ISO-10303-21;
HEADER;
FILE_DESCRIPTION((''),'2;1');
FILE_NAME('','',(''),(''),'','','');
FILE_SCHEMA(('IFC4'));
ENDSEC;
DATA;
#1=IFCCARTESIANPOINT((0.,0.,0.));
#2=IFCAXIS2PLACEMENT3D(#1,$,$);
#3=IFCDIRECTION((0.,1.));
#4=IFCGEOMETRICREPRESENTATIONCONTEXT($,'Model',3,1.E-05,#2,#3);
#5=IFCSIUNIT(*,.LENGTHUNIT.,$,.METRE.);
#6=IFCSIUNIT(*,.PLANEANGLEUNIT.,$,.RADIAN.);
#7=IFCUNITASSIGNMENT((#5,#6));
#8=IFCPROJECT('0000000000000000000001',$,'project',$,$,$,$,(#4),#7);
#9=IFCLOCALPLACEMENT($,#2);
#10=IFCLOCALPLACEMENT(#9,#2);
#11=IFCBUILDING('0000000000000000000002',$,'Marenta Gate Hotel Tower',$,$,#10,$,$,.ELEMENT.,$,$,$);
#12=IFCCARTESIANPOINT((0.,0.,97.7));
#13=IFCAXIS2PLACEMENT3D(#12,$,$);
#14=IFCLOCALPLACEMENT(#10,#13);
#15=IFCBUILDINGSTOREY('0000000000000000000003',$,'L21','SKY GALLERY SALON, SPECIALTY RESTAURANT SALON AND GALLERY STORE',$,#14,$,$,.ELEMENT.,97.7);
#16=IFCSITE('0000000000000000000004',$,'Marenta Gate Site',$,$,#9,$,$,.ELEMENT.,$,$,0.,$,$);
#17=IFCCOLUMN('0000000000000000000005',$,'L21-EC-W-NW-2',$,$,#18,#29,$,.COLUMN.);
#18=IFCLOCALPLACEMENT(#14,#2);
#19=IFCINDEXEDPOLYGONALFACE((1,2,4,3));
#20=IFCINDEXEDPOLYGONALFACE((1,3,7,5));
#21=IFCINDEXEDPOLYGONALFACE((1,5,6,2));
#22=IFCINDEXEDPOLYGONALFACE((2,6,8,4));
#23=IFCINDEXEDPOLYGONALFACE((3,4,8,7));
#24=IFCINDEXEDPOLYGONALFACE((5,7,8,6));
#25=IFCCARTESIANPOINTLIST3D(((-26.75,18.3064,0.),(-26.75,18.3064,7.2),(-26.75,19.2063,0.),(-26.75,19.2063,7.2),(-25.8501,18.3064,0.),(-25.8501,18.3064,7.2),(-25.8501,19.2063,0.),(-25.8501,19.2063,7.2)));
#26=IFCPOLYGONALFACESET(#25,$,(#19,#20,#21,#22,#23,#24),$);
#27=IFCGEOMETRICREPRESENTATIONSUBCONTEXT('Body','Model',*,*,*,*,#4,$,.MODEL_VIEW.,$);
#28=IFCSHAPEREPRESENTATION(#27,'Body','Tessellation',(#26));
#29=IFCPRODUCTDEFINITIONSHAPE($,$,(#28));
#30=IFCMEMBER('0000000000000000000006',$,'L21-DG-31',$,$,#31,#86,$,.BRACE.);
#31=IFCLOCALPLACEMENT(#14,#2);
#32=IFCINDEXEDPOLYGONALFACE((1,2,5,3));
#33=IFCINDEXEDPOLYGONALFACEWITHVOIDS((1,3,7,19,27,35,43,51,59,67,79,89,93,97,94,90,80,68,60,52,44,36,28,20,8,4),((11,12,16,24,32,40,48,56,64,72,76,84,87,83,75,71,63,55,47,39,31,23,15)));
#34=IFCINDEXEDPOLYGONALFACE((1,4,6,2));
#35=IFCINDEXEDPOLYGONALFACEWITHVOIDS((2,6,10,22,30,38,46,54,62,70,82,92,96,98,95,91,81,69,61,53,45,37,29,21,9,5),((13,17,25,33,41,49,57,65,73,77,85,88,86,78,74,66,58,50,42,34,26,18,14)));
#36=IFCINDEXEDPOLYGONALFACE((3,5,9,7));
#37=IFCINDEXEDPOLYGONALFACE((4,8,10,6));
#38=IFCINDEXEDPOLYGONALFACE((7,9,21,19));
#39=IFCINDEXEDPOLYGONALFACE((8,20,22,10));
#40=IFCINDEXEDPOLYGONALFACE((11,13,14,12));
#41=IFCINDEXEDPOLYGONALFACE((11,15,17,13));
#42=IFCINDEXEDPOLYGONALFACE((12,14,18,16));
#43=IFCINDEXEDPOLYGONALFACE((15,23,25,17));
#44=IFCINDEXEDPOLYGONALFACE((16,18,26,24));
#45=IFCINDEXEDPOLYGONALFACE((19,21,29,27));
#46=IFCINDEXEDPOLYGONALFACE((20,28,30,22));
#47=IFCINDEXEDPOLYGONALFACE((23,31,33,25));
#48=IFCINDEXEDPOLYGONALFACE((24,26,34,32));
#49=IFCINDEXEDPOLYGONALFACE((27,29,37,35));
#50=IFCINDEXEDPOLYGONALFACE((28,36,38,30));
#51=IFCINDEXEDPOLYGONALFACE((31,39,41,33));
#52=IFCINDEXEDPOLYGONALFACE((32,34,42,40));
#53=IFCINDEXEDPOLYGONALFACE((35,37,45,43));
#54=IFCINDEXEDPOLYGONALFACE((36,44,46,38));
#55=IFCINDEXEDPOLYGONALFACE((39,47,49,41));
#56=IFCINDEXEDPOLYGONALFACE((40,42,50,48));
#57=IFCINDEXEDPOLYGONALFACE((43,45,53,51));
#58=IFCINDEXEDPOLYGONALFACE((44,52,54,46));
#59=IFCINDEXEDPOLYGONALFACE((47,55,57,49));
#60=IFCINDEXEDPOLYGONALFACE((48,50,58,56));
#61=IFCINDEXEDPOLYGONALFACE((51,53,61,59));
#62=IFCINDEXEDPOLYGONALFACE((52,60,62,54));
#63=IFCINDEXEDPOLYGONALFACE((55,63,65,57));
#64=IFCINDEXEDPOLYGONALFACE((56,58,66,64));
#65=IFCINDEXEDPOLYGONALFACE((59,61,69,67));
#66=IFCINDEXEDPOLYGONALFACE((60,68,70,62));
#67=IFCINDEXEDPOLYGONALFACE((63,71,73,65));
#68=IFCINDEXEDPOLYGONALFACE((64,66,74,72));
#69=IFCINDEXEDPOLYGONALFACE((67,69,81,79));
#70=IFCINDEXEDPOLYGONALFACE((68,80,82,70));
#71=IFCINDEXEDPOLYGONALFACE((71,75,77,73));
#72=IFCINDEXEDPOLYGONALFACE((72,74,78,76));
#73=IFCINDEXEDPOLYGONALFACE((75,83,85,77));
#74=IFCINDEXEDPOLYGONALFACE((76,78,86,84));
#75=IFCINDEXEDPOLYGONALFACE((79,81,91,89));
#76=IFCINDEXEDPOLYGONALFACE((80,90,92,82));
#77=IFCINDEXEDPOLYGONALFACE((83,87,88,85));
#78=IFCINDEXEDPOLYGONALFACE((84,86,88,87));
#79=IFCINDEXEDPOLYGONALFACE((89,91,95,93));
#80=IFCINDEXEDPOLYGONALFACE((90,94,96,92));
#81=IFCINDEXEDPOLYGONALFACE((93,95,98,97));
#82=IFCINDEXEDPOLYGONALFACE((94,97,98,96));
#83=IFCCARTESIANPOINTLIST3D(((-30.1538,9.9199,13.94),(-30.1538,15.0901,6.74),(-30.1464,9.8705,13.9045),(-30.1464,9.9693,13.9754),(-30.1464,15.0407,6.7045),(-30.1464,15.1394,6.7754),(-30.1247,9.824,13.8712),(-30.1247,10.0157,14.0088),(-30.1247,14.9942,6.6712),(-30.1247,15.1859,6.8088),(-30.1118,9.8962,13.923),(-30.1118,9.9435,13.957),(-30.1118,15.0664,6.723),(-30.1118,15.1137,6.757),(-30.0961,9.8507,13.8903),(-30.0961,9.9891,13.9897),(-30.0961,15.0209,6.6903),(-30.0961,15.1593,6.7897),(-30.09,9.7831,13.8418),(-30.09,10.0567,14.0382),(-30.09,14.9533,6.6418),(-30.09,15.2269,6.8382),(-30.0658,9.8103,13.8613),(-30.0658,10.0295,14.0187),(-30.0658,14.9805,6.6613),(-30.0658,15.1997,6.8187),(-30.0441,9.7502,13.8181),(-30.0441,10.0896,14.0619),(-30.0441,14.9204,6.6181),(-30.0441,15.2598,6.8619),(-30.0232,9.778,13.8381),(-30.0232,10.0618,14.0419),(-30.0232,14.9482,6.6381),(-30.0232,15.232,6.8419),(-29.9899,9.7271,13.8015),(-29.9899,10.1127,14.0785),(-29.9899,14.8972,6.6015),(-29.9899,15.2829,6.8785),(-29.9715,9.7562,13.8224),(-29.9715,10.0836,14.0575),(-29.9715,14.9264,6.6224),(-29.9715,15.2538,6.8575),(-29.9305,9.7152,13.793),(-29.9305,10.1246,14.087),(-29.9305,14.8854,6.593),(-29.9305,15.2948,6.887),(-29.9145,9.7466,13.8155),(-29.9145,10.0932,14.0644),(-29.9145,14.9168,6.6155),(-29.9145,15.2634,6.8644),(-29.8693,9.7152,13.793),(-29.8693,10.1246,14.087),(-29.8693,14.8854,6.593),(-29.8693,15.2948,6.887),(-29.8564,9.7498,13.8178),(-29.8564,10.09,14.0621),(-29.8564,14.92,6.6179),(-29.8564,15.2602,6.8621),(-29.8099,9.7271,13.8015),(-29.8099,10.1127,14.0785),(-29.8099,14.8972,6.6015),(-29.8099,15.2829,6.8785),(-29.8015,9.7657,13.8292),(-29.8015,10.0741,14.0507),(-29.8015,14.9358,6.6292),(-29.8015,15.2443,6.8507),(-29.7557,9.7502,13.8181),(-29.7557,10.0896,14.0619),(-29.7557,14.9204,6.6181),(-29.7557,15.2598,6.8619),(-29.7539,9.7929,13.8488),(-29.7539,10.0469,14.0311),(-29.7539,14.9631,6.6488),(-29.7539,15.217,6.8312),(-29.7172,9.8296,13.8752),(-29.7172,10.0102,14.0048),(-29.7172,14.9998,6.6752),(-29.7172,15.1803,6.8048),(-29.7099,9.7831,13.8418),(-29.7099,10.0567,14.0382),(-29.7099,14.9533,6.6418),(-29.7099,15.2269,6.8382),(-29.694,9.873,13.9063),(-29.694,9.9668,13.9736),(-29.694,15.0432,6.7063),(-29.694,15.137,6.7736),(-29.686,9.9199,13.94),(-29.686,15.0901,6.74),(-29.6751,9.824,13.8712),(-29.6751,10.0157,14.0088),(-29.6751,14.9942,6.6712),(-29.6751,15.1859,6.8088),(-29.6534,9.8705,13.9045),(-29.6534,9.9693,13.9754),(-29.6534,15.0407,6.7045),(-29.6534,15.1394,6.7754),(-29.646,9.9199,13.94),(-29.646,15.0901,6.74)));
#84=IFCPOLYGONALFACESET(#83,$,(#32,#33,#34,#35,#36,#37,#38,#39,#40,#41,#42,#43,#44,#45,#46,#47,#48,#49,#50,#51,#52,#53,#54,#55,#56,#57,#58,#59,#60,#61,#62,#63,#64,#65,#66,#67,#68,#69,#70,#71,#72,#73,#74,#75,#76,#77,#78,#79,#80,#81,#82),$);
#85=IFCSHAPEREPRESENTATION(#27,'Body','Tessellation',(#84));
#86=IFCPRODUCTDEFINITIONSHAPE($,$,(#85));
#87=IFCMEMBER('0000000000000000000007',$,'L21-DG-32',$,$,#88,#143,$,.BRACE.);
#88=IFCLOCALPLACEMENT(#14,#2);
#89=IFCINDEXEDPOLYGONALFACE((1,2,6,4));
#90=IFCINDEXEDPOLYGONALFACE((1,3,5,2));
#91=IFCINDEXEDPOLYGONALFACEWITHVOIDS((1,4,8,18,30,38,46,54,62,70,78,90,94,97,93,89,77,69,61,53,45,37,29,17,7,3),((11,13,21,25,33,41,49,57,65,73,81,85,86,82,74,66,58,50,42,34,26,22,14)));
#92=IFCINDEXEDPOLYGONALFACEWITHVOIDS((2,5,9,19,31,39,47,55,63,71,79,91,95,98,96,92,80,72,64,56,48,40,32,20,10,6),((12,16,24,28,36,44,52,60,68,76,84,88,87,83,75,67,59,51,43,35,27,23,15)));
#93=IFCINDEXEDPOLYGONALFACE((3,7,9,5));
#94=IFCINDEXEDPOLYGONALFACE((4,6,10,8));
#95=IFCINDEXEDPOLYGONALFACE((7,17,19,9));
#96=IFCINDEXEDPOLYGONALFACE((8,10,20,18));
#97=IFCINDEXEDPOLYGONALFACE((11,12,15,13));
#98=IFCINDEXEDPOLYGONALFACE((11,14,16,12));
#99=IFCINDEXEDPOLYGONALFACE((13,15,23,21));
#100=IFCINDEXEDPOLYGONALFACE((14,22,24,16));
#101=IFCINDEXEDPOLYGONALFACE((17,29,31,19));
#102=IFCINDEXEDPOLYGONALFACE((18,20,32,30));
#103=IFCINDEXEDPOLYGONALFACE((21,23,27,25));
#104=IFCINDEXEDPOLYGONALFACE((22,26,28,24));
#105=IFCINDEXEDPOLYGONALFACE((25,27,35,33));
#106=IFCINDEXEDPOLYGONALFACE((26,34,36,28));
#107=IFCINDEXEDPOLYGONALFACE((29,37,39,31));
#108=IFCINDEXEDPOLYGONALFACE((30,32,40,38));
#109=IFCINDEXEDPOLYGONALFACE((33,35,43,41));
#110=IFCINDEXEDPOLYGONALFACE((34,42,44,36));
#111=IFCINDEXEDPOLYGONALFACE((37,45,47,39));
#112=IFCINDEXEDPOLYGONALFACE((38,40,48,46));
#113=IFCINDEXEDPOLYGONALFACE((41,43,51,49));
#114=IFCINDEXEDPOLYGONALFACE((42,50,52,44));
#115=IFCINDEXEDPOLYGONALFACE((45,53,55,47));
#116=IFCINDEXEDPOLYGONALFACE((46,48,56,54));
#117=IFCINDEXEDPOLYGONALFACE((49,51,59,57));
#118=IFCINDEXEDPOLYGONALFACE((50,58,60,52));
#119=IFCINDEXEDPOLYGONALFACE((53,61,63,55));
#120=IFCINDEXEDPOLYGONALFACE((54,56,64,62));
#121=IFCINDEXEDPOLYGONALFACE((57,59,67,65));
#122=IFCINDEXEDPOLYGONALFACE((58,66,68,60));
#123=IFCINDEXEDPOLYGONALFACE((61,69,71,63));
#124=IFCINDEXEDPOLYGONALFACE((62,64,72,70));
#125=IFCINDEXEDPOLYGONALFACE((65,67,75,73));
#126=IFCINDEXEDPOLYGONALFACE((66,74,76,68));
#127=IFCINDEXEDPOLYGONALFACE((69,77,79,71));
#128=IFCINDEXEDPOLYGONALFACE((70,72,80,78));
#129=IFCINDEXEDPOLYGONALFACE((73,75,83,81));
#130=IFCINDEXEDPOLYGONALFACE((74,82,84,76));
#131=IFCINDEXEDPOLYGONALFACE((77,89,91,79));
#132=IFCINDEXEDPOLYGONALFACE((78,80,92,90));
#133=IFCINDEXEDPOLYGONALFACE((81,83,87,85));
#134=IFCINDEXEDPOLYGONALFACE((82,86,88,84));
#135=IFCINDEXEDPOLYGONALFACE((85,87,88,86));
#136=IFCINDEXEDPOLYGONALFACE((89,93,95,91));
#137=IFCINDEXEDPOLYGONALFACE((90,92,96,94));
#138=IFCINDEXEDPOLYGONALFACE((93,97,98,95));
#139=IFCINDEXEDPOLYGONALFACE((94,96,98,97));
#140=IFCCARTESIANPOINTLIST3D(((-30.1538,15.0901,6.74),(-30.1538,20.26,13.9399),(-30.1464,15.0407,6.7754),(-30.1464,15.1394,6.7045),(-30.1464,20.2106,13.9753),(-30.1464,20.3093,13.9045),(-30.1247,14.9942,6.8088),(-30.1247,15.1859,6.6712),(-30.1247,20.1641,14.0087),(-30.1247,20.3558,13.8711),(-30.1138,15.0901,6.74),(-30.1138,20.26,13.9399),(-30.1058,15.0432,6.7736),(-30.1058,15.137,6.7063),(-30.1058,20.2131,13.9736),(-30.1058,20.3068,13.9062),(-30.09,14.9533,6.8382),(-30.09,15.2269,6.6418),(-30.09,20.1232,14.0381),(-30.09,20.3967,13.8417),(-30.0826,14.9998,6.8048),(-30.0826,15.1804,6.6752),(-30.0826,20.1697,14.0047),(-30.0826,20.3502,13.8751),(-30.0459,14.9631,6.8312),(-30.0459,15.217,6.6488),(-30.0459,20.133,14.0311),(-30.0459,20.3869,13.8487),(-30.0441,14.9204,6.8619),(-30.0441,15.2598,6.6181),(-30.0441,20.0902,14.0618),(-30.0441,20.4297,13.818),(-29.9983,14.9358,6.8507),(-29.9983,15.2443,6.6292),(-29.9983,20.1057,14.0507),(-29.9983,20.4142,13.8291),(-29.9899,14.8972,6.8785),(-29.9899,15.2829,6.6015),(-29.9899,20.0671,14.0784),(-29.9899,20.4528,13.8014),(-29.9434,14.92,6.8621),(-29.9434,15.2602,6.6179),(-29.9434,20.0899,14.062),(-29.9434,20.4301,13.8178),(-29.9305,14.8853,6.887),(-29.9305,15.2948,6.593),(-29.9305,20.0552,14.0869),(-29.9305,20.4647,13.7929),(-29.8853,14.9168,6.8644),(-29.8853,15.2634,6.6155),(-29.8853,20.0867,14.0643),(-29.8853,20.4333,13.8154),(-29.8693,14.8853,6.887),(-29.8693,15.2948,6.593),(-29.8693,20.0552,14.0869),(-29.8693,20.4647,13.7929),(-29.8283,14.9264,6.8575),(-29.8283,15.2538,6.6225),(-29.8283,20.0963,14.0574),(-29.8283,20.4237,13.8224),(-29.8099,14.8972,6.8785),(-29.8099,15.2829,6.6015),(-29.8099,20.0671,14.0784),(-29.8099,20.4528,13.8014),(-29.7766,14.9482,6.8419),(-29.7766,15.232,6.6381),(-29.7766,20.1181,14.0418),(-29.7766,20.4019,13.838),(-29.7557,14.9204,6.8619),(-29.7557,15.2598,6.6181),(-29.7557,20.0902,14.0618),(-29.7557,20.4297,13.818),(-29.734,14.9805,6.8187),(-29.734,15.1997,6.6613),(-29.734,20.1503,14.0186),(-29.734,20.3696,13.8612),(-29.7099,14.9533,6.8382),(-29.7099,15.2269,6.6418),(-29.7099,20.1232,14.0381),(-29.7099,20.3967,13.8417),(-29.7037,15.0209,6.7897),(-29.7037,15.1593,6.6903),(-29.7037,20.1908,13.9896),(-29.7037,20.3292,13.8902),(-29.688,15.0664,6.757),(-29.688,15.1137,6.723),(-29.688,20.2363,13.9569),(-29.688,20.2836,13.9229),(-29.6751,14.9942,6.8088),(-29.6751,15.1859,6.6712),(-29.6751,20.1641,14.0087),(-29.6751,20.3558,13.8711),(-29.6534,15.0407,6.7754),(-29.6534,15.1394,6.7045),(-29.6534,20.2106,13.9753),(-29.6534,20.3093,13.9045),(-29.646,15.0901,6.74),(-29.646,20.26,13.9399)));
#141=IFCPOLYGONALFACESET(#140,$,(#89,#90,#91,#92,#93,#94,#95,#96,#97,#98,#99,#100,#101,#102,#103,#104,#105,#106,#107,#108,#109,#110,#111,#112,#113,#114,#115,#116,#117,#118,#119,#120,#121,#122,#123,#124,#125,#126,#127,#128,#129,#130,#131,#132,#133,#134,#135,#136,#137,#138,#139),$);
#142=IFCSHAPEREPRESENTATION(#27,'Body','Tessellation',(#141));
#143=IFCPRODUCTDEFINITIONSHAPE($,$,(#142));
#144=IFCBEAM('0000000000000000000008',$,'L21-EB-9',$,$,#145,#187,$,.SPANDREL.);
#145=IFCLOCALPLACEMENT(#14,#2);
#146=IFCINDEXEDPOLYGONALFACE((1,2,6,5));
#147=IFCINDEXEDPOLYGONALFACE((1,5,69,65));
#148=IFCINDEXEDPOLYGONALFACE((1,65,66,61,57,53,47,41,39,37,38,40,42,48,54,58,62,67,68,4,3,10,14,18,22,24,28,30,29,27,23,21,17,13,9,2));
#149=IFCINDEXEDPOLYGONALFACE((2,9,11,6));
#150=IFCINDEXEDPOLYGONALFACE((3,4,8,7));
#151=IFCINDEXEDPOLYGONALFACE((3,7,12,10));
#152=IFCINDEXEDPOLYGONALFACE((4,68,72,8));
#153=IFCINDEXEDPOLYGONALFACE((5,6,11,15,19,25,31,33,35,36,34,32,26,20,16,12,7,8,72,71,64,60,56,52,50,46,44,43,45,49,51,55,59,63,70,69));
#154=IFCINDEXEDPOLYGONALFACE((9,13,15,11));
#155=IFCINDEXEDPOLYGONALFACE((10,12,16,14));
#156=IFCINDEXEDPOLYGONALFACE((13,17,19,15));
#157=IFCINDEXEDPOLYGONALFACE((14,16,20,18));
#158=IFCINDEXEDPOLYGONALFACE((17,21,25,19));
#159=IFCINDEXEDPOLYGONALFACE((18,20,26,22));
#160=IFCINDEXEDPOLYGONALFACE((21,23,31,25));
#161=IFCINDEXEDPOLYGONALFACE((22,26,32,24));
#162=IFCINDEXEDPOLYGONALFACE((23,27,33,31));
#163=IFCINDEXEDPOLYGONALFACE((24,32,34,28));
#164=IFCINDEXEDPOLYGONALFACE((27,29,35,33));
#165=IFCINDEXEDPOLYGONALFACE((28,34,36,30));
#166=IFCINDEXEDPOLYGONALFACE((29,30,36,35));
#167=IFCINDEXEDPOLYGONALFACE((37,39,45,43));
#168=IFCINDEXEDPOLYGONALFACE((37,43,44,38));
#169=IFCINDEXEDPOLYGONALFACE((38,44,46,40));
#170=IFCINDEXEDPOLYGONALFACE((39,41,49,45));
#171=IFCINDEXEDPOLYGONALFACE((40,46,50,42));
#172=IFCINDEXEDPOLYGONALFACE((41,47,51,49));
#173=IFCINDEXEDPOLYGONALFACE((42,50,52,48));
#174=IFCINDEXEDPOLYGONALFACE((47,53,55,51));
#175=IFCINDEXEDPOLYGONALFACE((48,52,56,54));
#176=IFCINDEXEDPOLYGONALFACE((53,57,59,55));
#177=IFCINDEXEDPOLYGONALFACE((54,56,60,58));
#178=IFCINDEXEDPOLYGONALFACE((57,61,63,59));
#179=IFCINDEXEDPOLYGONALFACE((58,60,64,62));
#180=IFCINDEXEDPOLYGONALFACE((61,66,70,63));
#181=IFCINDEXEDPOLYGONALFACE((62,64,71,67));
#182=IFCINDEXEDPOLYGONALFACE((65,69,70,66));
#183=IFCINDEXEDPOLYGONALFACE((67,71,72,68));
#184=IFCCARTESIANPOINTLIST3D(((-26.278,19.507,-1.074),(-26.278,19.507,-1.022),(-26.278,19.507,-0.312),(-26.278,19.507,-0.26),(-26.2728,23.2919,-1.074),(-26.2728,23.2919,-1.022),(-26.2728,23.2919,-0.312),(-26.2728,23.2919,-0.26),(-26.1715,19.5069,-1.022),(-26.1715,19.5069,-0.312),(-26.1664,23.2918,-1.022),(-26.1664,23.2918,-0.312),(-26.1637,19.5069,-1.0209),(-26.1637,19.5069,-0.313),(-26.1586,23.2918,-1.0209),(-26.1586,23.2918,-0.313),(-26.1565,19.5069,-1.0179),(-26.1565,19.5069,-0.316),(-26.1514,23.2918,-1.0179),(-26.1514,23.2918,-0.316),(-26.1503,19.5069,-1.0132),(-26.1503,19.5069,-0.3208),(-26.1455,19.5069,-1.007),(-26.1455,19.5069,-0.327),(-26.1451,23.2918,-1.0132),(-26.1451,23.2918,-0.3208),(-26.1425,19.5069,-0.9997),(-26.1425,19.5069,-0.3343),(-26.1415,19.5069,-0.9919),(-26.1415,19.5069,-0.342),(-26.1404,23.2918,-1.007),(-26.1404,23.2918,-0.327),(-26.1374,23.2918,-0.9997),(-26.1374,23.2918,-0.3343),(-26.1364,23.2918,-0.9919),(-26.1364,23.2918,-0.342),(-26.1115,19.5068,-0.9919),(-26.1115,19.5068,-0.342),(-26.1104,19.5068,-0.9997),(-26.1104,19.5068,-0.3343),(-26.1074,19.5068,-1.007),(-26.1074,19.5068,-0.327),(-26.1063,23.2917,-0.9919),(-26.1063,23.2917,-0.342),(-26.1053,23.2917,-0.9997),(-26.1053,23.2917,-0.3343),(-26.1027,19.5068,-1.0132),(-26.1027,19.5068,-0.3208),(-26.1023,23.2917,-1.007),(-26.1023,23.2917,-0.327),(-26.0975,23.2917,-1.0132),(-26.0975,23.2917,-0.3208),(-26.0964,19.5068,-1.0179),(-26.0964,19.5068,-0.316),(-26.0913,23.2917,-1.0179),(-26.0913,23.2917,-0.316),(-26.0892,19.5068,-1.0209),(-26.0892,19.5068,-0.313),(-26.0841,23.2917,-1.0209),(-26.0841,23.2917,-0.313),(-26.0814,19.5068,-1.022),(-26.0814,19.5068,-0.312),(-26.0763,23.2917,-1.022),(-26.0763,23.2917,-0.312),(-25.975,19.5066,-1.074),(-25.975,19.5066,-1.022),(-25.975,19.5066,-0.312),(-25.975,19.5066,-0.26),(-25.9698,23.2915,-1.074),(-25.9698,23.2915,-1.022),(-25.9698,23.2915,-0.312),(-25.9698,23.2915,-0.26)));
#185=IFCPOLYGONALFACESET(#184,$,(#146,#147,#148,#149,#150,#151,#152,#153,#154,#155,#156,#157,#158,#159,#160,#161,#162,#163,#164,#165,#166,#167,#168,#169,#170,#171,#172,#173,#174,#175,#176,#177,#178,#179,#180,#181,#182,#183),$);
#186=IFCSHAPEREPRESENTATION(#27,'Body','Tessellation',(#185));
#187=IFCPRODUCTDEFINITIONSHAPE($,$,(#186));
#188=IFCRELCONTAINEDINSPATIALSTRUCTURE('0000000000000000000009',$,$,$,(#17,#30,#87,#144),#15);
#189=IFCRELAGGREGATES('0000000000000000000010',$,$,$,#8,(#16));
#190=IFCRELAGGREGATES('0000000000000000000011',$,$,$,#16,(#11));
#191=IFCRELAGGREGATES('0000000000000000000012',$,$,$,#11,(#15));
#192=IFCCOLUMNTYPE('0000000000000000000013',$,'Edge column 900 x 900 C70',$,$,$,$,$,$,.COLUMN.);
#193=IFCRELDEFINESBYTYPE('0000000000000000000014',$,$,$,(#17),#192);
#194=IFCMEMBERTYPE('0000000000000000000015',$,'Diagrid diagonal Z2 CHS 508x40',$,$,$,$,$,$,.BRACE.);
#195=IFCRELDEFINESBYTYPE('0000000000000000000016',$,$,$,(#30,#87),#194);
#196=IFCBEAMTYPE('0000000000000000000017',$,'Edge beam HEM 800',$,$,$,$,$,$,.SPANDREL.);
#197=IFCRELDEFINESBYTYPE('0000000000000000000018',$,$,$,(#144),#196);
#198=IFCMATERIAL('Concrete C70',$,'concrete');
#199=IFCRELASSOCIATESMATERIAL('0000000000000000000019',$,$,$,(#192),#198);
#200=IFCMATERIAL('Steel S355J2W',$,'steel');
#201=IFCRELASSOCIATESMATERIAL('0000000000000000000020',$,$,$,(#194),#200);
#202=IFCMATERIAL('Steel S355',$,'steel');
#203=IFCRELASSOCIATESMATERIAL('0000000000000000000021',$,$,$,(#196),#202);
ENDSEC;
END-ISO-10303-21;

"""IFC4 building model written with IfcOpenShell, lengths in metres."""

from ifc_helpers import new_model, si_unit, direction, frame, origin, origin_2d, place, context, subcontext, project, spatial, rectangle, hollow_circle, i_section, extrude, material, material_profile, profile_set, type_object, element, save


model = new_model("IFC4")

# Units and contexts
model_context = context("Model", 3, precision=1e-05, world=origin(), true_north=direction((0.0, 1.0)))
body_context = subcontext(model_context, "Body", "Model", "MODEL_VIEW")
ifc_project = project(units=[si_unit("LENGTHUNIT", "METRE"), si_unit("PLANEANGLEUNIT", "RADIAN")], contexts=[model_context])

# Site, building, storey
site_placement = place(None, origin())
site = spatial("IfcSite", under=ifc_project, at=site_placement, Name="Marenta Gate Site", CompositionType="ELEMENT", RefElevation=0.0)
building_placement = place(site_placement, origin())
building = spatial("IfcBuilding", under=site, at=building_placement, Name="Marenta Gate Hotel Tower", CompositionType="ELEMENT")
storey_placement = place(building_placement, frame((0.0, 0.0, 97.7)))
storey = spatial("IfcBuildingStorey", under=building, at=storey_placement, Name="L21", Description="SKY GALLERY SALON, SPECIALTY RESTAURANT SALON AND GALLERY STORE", CompositionType="ELEMENT", Elevation=97.7)

# Column
ifc_material_1 = material(Name="Concrete C70", Category="concrete")
ifc_material_profile_1 = material_profile(ifc_material_1, rectangle(XDim=0.8999, YDim=0.8999, at=origin_2d()), Name="900 x 900")
ifc_profile_set_1 = profile_set([ifc_material_profile_1], Name="Concrete C70")
column_type = type_object("IfcColumnType", Name="Edge column 900 x 900 C70", PredefinedType="COLUMN", material=ifc_profile_set_1)
column_placement = place(storey_placement, frame((-26.3, 18.7563, 0.0), z_axis=(0.0, 0.0, 1.0), x_axis=(1.0, 0.0, 0.0)))
element("IfcColumn", 1, at=column_placement, inside=storey, type_object=column_type, Name="L21-EC-W-NW-2", PredefinedType="COLUMN", context=body_context, shape_type="SweptSolid", body=[
    extrude(rectangle(XDim=0.8999, YDim=0.8999, at=origin_2d()), origin(), (0.0, 0.0, 1.0), 7.2),
])

# Members
ifc_material_2 = material(Name="Steel S355J2W", Category="steel")
ifc_material_profile_2 = material_profile(ifc_material_2, hollow_circle(Radius=0.2539, WallThickness=0.04, at=origin_2d()), Name="CHS 508x40")
ifc_profile_set_2 = profile_set([ifc_material_profile_2], Name="Steel S355J2W")
member_type_1 = type_object("IfcMemberType", Name="Diagrid diagonal Z2 CHS 508x40", PredefinedType="BRACE", material=ifc_profile_set_2)
member_1_placement = place(storey_placement, frame((-29.8999, 15.0901, 6.74), z_axis=(0.0, -0.583279, 0.812272), x_axis=(1.0, 0.0, 0.0)))
element("IfcMember", 2, at=member_1_placement, inside=storey, type_object=member_type_1, Name="L21-DG-31", PredefinedType="BRACE", context=body_context, shape_type="SweptSolid", body=[
    extrude(hollow_circle(Radius=0.2539, WallThickness=0.04, at=origin_2d()), origin(), (0.0, 0.0, 1.0), 8.864),
])
member_2_placement = place(storey_placement, frame((-29.8999, 15.0901, 6.74), z_axis=(0.0, 0.583261, 0.812285), x_axis=(-1.0, 0.0, 0.0)))
element("IfcMember", 3, at=member_2_placement, inside=storey, type_object=member_type_1, Name="L21-DG-32", PredefinedType="BRACE", context=body_context, shape_type="SweptSolid", body=[
    extrude(hollow_circle(Radius=0.2539, WallThickness=0.04, at=origin_2d()), origin(), (0.0, 0.0, 1.0), 8.8638),
])

# Beam
ifc_material_3 = material(Name="Steel S355", Category="steel")
ifc_material_profile_3 = material_profile(ifc_material_3, i_section(OverallWidth=0.303, OverallDepth=0.814, WebThickness=0.03, FlangeThickness=0.052, FilletRadius=0.03, at=origin_2d()), Name="HEM 800")
ifc_profile_set_3 = profile_set([ifc_material_profile_3], Name="Steel S355")
beam_type = type_object("IfcBeamType", Name="Edge beam HEM 800", PredefinedType="SPANDREL", material=ifc_profile_set_3)
beam_1_placement = place(storey_placement, frame((-26.1265, 19.5068, -0.667), z_axis=(0.001355, 0.999999, 0.0), x_axis=(-0.999999, 0.001355, 0.0)))
element("IfcBeam", 4, at=beam_1_placement, inside=storey, type_object=beam_type, Name="L21-EB-9", PredefinedType="SPANDREL", context=body_context, shape_type="SweptSolid", body=[
    extrude(i_section(OverallWidth=0.303, OverallDepth=0.814, WebThickness=0.03, FlangeThickness=0.052, FilletRadius=0.03, at=origin_2d()), origin(), (0.0, 0.0, 1.0), 3.7849),
])

save(model, "model.ifc")
